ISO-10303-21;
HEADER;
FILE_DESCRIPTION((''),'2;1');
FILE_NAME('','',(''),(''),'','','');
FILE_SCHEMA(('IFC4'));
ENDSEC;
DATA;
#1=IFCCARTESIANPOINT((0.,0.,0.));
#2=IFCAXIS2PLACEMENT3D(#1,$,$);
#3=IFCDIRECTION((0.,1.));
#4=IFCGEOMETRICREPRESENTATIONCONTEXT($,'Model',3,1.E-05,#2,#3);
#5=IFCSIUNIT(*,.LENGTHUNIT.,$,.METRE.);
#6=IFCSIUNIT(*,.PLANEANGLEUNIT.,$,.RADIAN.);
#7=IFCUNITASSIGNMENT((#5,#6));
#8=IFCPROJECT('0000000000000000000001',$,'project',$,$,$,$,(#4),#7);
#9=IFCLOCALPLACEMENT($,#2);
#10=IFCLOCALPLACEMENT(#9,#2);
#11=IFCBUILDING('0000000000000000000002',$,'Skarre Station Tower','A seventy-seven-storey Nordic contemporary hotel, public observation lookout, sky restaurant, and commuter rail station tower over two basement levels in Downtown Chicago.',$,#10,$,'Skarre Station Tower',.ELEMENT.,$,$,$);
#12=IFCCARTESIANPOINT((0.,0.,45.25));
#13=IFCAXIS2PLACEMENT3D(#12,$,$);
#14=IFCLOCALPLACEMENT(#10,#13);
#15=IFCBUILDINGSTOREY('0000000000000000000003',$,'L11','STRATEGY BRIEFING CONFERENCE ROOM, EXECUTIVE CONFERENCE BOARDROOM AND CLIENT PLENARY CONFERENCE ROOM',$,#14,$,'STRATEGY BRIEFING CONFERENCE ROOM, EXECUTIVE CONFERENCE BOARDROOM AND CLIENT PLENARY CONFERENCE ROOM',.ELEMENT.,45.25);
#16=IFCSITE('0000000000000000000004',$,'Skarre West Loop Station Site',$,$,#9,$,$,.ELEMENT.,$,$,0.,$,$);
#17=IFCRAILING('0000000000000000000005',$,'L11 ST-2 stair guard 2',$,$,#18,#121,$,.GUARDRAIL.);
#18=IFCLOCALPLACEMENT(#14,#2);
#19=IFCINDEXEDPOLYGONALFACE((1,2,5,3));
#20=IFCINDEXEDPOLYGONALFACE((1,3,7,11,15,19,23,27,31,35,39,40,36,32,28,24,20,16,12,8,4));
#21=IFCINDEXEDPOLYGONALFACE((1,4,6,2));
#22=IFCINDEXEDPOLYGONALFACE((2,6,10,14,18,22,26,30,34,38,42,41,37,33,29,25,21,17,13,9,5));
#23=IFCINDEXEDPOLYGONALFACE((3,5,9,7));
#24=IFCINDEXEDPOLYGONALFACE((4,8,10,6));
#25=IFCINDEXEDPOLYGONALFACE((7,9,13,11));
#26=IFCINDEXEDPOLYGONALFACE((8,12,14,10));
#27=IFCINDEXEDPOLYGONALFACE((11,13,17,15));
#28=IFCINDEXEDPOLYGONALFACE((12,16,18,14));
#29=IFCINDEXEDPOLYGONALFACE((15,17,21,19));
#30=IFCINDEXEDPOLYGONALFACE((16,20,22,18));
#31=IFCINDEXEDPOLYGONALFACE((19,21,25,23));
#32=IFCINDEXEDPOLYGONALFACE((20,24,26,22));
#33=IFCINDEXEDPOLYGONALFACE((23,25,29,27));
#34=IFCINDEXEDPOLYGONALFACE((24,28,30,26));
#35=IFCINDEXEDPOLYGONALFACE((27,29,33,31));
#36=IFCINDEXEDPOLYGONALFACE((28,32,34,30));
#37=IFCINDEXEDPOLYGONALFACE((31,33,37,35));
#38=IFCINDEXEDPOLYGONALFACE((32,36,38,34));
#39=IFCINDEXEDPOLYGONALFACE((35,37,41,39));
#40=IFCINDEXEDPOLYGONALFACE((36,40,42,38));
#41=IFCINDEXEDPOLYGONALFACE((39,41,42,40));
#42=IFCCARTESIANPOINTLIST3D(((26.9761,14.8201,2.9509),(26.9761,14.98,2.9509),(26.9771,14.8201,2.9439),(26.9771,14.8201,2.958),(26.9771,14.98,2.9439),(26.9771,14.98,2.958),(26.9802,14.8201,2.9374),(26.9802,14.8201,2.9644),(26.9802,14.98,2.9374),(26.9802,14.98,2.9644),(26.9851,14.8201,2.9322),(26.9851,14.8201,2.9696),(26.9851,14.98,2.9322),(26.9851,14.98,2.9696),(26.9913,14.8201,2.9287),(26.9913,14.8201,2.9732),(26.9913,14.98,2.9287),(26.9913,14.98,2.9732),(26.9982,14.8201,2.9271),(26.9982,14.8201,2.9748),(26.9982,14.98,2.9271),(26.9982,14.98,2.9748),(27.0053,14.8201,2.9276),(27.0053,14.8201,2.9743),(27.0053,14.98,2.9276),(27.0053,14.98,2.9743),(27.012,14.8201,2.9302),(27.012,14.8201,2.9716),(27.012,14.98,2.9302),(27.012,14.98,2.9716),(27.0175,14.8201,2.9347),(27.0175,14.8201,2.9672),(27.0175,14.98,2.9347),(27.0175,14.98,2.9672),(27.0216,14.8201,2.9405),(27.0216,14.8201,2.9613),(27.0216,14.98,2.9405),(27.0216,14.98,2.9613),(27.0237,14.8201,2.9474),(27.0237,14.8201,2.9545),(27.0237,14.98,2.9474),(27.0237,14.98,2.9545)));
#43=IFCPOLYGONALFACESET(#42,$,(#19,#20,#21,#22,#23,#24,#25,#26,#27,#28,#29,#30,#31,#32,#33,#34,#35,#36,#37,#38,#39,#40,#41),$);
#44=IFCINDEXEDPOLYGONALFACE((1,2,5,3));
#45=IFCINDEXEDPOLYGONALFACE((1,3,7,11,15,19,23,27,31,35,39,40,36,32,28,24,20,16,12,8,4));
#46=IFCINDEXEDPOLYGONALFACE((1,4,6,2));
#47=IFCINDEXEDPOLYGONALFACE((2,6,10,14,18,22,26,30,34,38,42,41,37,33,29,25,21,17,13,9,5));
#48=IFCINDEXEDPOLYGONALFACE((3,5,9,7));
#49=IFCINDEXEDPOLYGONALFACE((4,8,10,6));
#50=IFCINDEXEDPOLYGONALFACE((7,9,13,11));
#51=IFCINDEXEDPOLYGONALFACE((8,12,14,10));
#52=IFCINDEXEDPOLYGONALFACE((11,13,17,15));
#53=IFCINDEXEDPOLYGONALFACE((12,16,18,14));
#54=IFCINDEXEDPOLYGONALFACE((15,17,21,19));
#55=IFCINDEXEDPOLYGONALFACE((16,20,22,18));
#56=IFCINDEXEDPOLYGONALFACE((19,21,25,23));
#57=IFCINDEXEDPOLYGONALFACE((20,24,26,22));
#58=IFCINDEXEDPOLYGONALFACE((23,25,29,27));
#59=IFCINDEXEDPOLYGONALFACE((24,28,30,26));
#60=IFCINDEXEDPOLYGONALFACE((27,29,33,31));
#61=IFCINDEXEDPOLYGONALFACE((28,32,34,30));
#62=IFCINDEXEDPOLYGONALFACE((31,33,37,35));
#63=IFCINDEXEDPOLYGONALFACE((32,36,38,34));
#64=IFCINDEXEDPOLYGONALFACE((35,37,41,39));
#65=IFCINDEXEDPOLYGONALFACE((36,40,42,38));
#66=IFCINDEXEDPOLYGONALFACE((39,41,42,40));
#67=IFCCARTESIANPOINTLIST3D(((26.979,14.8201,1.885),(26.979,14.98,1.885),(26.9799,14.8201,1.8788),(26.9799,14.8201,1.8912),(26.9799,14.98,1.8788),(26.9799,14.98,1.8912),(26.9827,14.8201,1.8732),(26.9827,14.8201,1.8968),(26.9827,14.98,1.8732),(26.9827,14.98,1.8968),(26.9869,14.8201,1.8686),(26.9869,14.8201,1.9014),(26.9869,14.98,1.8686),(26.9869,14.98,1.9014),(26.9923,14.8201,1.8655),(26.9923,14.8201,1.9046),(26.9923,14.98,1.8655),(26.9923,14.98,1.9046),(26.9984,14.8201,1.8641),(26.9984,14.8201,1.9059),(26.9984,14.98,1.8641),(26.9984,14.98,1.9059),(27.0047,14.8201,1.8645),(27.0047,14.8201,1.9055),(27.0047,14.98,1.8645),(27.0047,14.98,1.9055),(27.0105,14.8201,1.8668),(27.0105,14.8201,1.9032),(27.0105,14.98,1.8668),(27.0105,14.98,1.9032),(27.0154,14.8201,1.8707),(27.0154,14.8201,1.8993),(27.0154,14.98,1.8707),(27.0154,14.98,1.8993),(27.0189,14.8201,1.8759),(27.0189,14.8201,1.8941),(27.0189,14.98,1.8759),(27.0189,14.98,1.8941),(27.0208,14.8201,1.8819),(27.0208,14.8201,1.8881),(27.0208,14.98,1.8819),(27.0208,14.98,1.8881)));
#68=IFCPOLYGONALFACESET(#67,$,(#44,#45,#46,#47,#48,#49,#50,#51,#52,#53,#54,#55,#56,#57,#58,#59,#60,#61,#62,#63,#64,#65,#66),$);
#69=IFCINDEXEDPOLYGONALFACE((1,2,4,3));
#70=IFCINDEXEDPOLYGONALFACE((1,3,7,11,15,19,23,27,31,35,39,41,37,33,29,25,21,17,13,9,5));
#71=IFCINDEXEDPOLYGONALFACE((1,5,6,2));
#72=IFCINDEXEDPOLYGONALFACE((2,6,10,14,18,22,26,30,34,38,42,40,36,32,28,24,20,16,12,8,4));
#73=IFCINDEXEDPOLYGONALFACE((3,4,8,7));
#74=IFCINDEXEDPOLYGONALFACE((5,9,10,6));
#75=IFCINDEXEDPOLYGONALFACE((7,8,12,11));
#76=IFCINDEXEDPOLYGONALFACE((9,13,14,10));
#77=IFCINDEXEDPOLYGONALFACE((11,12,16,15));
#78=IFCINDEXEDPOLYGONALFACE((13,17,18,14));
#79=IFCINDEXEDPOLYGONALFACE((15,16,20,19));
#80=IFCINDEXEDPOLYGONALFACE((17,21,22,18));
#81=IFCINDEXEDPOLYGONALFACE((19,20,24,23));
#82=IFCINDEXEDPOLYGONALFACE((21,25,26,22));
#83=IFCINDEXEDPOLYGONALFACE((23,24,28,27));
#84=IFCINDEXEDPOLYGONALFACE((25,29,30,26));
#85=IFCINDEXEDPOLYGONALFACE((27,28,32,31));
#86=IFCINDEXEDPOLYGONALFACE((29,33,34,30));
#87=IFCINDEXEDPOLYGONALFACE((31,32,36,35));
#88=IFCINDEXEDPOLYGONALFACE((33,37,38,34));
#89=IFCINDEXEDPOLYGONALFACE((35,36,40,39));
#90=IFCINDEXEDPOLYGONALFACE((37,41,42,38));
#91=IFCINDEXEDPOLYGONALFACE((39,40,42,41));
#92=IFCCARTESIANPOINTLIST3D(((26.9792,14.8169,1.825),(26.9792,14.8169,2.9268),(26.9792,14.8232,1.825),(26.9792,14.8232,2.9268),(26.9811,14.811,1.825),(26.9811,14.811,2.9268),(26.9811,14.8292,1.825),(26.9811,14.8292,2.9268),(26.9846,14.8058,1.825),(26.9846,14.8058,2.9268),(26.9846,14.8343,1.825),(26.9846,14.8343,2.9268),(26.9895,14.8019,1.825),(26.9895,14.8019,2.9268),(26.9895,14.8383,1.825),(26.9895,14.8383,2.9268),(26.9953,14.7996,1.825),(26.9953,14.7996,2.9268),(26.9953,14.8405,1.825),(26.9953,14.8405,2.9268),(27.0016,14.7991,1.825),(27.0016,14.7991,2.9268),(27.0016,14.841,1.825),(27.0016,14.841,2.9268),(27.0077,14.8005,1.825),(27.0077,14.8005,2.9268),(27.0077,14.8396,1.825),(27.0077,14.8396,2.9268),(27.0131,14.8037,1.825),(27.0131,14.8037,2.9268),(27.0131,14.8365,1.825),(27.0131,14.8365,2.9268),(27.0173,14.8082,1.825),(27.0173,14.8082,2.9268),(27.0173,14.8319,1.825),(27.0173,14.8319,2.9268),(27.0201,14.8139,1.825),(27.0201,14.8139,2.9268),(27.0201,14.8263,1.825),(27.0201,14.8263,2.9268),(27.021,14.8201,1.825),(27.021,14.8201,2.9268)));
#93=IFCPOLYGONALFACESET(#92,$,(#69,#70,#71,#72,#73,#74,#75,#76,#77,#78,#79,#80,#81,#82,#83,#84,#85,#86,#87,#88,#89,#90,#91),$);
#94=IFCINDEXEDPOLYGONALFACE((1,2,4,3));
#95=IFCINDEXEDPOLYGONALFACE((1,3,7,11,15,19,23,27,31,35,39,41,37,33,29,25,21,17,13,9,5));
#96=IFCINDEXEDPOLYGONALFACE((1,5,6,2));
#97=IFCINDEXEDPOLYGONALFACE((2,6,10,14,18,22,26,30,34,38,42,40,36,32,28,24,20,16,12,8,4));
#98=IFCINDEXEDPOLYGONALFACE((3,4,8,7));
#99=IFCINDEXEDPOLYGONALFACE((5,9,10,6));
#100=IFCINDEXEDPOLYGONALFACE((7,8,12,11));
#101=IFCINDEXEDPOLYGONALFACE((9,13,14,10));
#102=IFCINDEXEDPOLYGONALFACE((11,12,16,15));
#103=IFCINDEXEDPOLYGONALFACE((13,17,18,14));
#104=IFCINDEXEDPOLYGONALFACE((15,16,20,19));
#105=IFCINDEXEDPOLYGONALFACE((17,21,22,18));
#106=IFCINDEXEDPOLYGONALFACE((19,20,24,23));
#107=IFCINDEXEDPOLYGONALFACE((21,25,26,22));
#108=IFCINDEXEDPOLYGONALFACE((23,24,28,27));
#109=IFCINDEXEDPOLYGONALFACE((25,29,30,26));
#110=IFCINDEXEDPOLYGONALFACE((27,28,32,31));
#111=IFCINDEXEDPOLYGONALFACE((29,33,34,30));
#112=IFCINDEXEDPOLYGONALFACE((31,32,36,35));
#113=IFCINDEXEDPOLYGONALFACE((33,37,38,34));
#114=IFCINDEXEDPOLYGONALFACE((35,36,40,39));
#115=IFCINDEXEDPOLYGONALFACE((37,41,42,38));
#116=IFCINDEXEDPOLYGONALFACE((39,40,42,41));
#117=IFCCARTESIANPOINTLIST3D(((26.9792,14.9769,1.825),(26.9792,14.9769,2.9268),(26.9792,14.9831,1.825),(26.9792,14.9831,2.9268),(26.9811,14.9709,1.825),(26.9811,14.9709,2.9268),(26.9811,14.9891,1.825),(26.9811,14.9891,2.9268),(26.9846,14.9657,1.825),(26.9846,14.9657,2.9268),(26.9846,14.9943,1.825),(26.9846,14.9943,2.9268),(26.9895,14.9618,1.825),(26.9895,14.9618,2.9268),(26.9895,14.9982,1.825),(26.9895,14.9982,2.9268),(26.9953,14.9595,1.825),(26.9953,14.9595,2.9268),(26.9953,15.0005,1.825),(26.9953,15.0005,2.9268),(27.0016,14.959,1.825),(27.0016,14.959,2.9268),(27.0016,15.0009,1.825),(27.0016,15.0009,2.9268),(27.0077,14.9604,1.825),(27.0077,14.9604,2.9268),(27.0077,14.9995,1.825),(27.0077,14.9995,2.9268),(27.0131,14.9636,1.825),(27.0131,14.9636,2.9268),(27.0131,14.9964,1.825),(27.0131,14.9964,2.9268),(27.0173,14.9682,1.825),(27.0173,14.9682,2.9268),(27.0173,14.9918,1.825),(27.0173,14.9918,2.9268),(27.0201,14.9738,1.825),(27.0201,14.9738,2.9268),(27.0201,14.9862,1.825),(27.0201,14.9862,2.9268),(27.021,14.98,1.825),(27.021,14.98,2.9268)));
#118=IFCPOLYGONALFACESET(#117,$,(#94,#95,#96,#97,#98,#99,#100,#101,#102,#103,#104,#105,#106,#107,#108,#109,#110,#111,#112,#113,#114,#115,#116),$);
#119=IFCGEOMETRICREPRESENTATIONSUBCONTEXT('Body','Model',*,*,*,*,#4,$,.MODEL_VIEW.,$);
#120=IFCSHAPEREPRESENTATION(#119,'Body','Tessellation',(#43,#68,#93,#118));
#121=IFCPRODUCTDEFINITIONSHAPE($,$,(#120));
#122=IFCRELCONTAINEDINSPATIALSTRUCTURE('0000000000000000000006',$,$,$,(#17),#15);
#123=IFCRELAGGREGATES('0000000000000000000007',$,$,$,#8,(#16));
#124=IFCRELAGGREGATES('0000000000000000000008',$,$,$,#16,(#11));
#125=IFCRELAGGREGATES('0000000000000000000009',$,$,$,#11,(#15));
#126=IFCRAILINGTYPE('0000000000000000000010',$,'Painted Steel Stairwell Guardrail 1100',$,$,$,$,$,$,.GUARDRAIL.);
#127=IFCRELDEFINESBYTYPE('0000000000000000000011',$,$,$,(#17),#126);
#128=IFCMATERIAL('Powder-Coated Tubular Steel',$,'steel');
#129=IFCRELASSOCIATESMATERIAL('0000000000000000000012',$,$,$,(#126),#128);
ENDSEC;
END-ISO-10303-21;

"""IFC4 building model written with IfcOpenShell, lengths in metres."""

from ifc_helpers import new_model, si_unit, direction, frame, origin, origin_2d, place, context, subcontext, project, spatial, circle, extrude, material, type_object, element, save


model = new_model("IFC4")

# Units and contexts
model_context = context("Model", 3, precision=1e-05, world=origin(), true_north=direction((0.0, 1.0)))
body_context = subcontext(model_context, "Body", "Model", "MODEL_VIEW")
ifc_project = project(units=[si_unit("LENGTHUNIT", "METRE"), si_unit("PLANEANGLEUNIT", "RADIAN")], contexts=[model_context])

# Site, building, storey
site_placement = place(None, origin())
site = spatial("IfcSite", under=ifc_project, at=site_placement, Name="Skarre West Loop Station Site", CompositionType="ELEMENT", RefElevation=0.0)
building_placement = place(site_placement, origin())
building = spatial("IfcBuilding", under=site, at=building_placement, Name="Skarre Station Tower", Description="A seventy-seven-storey Nordic contemporary hotel, public observation lookout, sky restaurant, and commuter rail station tower over two basement levels in Downtown Chicago.", LongName="Skarre Station Tower", CompositionType="ELEMENT")
storey_placement = place(building_placement, frame((0.0, 0.0, 45.25)))
storey = spatial("IfcBuildingStorey", under=building, at=storey_placement, Name="L11", Description="STRATEGY BRIEFING CONFERENCE ROOM, EXECUTIVE CONFERENCE BOARDROOM AND CLIENT PLENARY CONFERENCE ROOM", LongName="STRATEGY BRIEFING CONFERENCE ROOM, EXECUTIVE CONFERENCE BOARDROOM AND CLIENT PLENARY CONFERENCE ROOM", CompositionType="ELEMENT", Elevation=45.25)

# Railing
ifc_material_1 = material(Name="Powder-Coated Tubular Steel", Category="steel")
railing_type_1 = type_object("IfcRailingType", Name="Painted Steel Stairwell Guardrail 1100", PredefinedType="GUARDRAIL", material=ifc_material_1)
railing_1_placement = place(storey_placement, frame((27.0, 14.8201, 1.825)))
element("IfcRailing", 1, at=railing_1_placement, inside=storey, type_object=railing_type_1, Name="L11 ST-2 stair guard 2", PredefinedType="GUARDRAIL", context=body_context, shape_type="SweptSolid", body=[
    extrude(circle(Radius=0.0239, at=origin_2d()), frame((0.0, 0.0, 1.126), z_axis=(0.0, 1.0, 0.0), x_axis=(-1.0, 0.0, 0.0)), (0.0, 0.0, 1.0), 0.1599),
    extrude(circle(Radius=0.021, at=origin_2d()), frame((0.0, 0.0, 0.0601), z_axis=(0.0, 1.0, 0.0), x_axis=(-1.0, 0.0, 0.0)), (0.0, 0.0, 1.0), 0.1599),
    extrude(circle(Radius=0.021, at=origin_2d()), origin(), (0.0, 0.0, 1.0), 1.1018),
    extrude(circle(Radius=0.021, at=origin_2d()), frame((0.0, 0.1599, 0.0)), (0.0, 0.0, 1.0), 1.1018),
])

save(model, "model.ifc")
